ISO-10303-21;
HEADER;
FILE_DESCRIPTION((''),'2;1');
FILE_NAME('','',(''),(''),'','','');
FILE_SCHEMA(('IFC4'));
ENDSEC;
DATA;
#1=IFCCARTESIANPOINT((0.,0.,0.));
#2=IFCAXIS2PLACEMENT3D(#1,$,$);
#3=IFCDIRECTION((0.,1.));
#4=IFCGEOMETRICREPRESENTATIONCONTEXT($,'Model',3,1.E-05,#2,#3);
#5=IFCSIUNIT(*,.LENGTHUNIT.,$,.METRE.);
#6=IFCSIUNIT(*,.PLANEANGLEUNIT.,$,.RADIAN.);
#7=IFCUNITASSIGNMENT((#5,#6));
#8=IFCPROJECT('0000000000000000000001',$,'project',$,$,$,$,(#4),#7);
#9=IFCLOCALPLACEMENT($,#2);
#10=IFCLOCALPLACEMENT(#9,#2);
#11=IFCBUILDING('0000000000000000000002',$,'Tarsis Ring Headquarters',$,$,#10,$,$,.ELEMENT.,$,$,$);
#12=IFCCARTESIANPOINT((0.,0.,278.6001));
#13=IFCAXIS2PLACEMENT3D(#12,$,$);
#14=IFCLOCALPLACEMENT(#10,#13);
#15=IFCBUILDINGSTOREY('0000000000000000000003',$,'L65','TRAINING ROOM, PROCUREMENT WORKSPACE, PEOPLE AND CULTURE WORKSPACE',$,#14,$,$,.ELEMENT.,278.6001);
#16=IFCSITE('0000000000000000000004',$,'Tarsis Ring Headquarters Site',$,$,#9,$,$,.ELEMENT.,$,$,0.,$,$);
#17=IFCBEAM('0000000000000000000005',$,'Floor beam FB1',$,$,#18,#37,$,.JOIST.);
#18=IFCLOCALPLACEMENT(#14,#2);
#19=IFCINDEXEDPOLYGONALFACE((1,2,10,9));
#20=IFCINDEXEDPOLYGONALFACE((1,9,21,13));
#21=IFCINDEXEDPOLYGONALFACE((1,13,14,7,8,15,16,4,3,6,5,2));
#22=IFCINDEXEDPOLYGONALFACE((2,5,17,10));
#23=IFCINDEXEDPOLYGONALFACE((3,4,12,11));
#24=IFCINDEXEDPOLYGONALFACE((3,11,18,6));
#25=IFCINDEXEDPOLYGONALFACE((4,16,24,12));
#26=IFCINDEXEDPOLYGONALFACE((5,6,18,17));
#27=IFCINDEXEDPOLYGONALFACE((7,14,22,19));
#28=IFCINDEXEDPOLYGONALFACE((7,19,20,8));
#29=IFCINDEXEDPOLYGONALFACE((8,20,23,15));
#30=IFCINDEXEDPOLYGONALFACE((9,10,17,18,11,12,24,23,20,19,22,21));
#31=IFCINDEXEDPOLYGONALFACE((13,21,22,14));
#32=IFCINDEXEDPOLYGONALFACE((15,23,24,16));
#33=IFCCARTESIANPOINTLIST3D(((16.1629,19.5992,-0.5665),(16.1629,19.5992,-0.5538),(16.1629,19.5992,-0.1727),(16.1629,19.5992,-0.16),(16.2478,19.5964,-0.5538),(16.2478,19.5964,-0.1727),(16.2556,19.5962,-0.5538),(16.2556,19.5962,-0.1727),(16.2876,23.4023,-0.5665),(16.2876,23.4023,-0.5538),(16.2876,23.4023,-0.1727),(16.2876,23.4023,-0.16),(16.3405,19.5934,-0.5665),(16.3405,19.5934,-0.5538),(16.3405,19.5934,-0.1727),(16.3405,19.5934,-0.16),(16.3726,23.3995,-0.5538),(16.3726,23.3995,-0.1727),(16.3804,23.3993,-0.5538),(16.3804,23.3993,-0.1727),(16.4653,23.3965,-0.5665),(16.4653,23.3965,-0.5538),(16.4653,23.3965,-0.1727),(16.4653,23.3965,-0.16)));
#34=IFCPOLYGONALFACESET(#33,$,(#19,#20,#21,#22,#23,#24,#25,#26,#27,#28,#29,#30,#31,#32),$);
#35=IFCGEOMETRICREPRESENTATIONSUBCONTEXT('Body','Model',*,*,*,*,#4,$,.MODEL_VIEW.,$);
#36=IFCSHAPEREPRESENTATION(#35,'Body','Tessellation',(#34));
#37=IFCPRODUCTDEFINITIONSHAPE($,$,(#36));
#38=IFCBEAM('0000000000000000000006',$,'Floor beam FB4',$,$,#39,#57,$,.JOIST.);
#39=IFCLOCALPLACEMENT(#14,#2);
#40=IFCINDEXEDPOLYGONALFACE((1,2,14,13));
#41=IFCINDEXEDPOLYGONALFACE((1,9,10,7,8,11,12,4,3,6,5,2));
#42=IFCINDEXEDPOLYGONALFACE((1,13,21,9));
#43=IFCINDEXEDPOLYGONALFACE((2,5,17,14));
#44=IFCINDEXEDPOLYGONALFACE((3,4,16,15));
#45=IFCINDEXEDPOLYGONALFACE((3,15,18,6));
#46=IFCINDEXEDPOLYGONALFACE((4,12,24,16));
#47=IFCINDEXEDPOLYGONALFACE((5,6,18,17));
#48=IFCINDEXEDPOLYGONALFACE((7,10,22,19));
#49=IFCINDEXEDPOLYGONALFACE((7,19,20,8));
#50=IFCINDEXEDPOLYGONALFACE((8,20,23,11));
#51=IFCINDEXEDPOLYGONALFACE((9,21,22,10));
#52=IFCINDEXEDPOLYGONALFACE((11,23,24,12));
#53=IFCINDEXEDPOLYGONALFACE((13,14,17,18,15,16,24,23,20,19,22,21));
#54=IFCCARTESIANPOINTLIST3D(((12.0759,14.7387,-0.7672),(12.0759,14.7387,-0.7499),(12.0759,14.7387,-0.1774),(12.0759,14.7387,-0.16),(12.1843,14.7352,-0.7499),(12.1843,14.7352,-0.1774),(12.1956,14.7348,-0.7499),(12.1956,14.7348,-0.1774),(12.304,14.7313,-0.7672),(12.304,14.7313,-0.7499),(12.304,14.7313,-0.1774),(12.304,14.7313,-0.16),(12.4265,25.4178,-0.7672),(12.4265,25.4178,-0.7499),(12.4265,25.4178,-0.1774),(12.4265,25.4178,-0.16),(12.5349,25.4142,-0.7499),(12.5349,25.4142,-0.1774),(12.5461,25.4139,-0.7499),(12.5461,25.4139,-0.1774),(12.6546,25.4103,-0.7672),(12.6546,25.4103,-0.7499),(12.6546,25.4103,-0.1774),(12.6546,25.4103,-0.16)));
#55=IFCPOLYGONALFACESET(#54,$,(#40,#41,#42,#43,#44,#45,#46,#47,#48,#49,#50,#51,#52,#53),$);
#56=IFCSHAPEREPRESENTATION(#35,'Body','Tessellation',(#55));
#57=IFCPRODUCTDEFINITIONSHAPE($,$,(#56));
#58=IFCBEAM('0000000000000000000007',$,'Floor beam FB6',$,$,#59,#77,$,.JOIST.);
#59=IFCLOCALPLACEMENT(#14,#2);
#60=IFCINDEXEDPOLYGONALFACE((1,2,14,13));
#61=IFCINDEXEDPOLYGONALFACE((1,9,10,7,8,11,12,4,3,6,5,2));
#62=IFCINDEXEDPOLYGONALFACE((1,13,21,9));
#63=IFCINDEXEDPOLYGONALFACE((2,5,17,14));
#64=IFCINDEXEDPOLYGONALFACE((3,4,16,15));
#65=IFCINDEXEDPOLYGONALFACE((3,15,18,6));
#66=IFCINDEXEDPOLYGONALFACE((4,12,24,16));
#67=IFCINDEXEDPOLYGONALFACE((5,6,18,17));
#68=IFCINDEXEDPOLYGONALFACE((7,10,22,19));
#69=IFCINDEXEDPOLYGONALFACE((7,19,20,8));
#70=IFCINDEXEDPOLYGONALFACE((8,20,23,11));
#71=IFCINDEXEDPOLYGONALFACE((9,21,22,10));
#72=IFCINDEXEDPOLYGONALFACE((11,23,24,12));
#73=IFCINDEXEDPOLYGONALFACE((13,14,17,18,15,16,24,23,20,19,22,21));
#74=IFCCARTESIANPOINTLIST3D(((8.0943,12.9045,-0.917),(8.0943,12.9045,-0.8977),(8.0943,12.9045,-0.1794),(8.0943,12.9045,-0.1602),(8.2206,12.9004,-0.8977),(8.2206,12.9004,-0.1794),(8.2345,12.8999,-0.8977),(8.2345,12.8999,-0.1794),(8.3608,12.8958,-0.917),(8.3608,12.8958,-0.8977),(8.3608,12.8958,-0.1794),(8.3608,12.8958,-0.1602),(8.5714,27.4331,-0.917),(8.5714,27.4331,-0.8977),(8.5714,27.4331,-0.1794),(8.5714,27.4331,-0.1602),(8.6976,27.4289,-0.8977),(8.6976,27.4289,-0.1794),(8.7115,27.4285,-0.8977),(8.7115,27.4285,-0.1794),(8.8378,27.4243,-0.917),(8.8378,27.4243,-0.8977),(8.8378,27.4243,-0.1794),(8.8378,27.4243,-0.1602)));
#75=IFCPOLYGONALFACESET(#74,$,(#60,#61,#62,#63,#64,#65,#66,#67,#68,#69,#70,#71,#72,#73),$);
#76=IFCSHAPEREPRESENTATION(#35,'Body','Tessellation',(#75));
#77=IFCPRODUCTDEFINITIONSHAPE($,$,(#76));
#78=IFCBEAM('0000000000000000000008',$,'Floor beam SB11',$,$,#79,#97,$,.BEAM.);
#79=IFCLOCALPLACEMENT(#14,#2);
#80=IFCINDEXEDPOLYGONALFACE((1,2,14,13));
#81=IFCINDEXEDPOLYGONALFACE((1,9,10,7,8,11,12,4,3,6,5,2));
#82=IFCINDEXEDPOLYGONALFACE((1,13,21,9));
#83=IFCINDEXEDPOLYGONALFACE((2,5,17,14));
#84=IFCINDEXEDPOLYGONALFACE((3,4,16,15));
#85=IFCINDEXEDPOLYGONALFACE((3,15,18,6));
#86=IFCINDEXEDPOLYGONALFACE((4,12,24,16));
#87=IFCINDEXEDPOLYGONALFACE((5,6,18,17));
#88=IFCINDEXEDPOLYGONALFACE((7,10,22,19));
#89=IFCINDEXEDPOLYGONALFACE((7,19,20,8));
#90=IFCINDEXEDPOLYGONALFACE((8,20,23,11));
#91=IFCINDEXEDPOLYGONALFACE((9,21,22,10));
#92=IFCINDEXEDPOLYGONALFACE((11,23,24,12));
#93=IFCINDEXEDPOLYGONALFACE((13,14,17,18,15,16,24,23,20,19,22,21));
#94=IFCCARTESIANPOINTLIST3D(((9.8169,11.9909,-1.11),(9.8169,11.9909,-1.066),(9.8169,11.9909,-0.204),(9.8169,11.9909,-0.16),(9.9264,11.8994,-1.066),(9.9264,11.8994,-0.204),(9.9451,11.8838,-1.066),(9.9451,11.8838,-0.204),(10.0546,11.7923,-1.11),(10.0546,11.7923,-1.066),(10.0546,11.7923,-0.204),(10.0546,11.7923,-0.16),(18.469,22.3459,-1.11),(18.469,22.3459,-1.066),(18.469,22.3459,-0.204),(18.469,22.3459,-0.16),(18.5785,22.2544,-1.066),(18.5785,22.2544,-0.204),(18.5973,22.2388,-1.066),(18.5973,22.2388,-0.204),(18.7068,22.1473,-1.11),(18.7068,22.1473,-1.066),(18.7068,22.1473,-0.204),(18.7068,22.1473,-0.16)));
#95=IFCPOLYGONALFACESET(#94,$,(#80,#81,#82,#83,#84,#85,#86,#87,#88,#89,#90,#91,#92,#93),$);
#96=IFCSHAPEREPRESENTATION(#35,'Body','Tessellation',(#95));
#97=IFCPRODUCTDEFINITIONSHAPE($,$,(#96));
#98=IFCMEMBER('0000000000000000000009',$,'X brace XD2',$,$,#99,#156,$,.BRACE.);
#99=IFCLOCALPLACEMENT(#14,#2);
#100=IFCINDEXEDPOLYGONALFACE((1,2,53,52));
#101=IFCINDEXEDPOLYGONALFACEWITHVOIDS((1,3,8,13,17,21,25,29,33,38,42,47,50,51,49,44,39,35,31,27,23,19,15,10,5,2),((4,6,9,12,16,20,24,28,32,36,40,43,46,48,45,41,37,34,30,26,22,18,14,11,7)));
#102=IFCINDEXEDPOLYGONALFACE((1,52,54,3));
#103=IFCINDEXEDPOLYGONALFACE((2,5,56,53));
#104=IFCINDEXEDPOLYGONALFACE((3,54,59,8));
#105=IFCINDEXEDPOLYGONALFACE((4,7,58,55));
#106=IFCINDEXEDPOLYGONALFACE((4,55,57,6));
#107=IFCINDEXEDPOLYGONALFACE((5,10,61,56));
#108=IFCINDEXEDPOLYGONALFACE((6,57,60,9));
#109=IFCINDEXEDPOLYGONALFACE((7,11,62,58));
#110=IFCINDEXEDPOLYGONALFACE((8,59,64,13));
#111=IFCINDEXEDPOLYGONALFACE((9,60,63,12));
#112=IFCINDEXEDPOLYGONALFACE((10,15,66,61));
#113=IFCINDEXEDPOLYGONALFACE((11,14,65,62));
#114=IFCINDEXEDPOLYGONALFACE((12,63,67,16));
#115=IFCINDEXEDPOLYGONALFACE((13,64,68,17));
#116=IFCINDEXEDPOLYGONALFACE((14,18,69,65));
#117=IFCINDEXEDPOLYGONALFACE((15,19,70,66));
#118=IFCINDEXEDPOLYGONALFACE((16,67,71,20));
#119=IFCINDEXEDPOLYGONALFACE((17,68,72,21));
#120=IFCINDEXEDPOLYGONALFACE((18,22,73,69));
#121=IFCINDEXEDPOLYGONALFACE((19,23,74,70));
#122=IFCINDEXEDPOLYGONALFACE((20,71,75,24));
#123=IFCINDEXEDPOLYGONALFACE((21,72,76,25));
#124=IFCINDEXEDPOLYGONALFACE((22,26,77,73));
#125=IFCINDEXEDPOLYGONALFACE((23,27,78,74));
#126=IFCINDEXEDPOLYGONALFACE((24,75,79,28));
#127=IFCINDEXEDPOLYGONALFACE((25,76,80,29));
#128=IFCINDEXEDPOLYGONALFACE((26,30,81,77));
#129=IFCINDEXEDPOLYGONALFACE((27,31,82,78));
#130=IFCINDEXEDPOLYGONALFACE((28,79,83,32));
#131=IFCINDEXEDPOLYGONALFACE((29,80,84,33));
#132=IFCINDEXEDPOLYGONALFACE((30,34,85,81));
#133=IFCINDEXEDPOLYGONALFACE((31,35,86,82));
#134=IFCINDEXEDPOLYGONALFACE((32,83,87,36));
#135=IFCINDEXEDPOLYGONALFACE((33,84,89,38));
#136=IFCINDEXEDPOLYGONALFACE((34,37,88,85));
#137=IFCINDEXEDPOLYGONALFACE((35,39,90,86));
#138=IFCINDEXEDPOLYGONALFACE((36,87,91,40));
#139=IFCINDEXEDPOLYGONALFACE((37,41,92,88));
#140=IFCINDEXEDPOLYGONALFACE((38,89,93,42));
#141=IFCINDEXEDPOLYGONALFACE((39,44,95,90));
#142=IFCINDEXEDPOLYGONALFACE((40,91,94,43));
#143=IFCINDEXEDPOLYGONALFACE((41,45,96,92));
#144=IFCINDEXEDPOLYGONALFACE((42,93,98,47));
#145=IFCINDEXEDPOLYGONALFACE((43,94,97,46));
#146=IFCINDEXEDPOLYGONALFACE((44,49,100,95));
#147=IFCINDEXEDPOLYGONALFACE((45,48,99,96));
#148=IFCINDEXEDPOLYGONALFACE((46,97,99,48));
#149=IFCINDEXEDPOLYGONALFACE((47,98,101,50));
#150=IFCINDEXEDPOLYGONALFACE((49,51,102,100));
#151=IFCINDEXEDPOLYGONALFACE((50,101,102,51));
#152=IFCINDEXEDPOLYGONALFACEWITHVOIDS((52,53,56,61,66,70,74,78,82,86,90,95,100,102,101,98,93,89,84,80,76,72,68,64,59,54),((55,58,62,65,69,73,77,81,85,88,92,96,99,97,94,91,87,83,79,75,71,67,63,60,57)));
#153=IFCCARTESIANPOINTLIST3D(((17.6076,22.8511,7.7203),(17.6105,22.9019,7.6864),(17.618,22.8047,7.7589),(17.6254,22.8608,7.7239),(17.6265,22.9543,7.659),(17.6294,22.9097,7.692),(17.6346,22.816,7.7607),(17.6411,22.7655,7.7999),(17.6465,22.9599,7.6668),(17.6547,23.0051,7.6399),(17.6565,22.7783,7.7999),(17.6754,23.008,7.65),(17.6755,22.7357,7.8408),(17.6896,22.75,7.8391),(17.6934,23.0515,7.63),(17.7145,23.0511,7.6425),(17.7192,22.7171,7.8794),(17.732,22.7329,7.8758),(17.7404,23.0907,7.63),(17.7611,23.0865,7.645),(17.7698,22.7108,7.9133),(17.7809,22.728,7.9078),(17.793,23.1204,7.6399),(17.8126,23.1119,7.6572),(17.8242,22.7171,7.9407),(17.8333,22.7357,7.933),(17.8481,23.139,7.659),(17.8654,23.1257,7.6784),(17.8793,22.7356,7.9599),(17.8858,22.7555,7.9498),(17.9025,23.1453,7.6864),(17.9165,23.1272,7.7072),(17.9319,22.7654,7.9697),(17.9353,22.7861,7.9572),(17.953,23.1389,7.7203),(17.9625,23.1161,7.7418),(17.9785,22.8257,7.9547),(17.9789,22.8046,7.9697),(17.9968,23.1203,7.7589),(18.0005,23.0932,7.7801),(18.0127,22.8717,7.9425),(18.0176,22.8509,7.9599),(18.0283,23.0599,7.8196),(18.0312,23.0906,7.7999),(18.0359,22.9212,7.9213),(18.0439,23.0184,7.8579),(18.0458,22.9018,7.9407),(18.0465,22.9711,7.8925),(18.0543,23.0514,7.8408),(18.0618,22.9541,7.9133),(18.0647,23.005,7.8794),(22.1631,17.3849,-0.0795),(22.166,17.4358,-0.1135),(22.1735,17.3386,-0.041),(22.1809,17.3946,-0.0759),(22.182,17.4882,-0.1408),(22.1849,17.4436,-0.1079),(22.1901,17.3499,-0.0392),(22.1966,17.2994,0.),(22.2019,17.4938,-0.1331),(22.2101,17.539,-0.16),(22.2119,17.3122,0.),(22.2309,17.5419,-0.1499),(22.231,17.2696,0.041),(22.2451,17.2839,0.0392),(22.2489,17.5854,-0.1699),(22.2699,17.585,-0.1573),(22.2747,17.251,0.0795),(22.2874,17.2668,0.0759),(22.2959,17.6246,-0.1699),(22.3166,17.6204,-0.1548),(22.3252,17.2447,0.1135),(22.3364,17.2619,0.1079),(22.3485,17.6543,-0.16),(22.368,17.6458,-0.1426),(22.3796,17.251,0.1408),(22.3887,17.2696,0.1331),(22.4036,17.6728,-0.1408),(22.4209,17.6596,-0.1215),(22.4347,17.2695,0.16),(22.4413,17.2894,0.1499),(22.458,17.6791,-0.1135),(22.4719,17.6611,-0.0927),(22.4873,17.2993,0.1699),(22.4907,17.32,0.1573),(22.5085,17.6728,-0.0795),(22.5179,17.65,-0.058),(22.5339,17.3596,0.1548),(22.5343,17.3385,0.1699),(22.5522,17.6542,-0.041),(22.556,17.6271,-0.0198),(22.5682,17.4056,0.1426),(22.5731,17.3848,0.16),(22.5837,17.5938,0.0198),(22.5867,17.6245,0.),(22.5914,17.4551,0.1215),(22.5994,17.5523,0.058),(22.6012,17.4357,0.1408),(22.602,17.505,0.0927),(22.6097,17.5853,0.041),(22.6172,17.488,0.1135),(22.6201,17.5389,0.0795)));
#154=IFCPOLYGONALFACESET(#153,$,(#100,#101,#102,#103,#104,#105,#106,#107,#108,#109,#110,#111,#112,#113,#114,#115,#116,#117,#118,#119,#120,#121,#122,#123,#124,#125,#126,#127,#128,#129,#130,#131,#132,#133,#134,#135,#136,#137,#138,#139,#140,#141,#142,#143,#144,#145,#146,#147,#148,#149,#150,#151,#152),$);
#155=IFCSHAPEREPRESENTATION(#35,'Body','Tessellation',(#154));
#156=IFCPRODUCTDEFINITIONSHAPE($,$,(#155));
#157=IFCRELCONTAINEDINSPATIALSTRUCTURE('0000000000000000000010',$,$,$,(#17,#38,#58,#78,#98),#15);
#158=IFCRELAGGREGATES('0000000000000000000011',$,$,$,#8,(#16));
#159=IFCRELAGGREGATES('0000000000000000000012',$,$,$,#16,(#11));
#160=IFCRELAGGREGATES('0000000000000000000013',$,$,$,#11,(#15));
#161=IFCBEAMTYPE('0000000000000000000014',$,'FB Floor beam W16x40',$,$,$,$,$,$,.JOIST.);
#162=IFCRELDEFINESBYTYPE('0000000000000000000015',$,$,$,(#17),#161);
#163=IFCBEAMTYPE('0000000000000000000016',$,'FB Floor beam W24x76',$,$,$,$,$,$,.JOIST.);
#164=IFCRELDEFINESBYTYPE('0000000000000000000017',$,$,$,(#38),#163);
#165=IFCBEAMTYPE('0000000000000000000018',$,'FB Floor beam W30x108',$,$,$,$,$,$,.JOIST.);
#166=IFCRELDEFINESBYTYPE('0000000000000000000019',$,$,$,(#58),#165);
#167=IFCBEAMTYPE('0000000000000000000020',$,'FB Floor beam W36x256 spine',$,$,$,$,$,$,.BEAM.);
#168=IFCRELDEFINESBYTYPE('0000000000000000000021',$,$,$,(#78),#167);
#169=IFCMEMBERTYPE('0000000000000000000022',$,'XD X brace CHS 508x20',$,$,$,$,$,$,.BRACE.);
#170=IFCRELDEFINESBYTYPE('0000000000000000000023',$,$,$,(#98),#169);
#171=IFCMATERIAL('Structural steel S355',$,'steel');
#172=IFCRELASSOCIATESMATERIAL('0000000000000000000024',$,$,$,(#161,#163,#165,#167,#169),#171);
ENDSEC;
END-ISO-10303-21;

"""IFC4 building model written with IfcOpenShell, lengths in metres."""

from ifc_helpers import new_model, si_unit, direction, frame, origin, origin_2d, place, context, subcontext, project, spatial, hollow_circle, i_section, extrude, material, material_profile, profile_set, type_object, element, save


model = new_model("IFC4")

# Units and contexts
model_context = context("Model", 3, precision=1e-05, world=origin(), true_north=direction((0.0, 1.0)))
body_context = subcontext(model_context, "Body", "Model", "MODEL_VIEW")
ifc_project = project(units=[si_unit("LENGTHUNIT", "METRE"), si_unit("PLANEANGLEUNIT", "RADIAN")], contexts=[model_context])

# Site, building, storey
site_placement = place(None, origin())
site = spatial("IfcSite", under=ifc_project, at=site_placement, Name="Tarsis Ring Headquarters Site", CompositionType="ELEMENT", RefElevation=0.0)
building_placement = place(site_placement, origin())
building = spatial("IfcBuilding", under=site, at=building_placement, Name="Tarsis Ring Headquarters", CompositionType="ELEMENT")
storey_placement = place(building_placement, frame((0.0, 0.0, 278.6001)))
storey = spatial("IfcBuildingStorey", under=building, at=storey_placement, Name="L65", Description="TRAINING ROOM, PROCUREMENT WORKSPACE, PEOPLE AND CULTURE WORKSPACE", CompositionType="ELEMENT", Elevation=278.6001)

# Shared definitions
ifc_material_1 = material(Name="Structural steel S355", Category="steel")

# Beams
ifc_material_profile_1 = material_profile(ifc_material_1, i_section(OverallWidth=0.1777, OverallDepth=0.4065, WebThickness=0.0078, FlangeThickness=0.0127, at=origin_2d()), Name="W16x40")
ifc_profile_set_1 = profile_set([ifc_material_profile_1], Name="Structural steel S355")
beam_type_1 = type_object("IfcBeamType", Name="FB Floor beam W16x40", PredefinedType="JOIST", material=ifc_profile_set_1)
for number, where, z_axis, x_axis, name in (
    (1, (16.3765, 23.3994, -0.3633), (-0.032785, -0.999462, 0.0), (0.999462, -0.032785, 0.0), "Floor beam FB1"),
):
    element("IfcBeam", number, at=place(storey_placement, frame(where, z_axis=z_axis, x_axis=x_axis)), inside=storey, type_object=beam_type_1, Name=name, PredefinedType="JOIST", context=body_context, shape_type="SweptSolid", body=[
        extrude(i_section(OverallWidth=0.1777, OverallDepth=0.4065, WebThickness=0.0078, FlangeThickness=0.0127, at=origin_2d()), origin(), (0.0, 0.0, 1.0), 3.8052),
    ])
ifc_material_profile_2 = material_profile(ifc_material_1, i_section(OverallWidth=0.2283, OverallDepth=0.6072, WebThickness=0.0112, FlangeThickness=0.0173, at=origin_2d()), Name="W24x76")
ifc_profile_set_2 = profile_set([ifc_material_profile_2], Name="Structural steel S355")
beam_type_2 = type_object("IfcBeamType", Name="FB Floor beam W24x76", PredefinedType="JOIST", material=ifc_profile_set_2)
beam_1_placement = place(storey_placement, frame((12.5405, 25.4141, -0.4636), z_axis=(-0.032812, -0.999462, 0.0), x_axis=(0.999462, -0.032812, 0.0)))
element("IfcBeam", 2, at=beam_1_placement, inside=storey, type_object=beam_type_2, Name="Floor beam FB4", PredefinedType="JOIST", context=body_context, shape_type="SweptSolid", body=[
    extrude(i_section(OverallWidth=0.2283, OverallDepth=0.6072, WebThickness=0.0112, FlangeThickness=0.0173, at=origin_2d()), origin(), (0.0, 0.0, 1.0), 10.6848),
])
ifc_material_profile_3 = material_profile(ifc_material_1, i_section(OverallWidth=0.2666, OverallDepth=0.7568, WebThickness=0.0139, FlangeThickness=0.0193, at=origin_2d()), Name="W30x108")
ifc_profile_set_3 = profile_set([ifc_material_profile_3], Name="Structural steel S355")
beam_type_3 = type_object("IfcBeamType", Name="FB Floor beam W30x108", PredefinedType="JOIST", material=ifc_profile_set_3)
beam_2_placement = place(storey_placement, frame((8.7046, 27.4287, -0.5386), z_axis=(-0.032818, -0.999461, 0.0), x_axis=(0.999461, -0.032818, 0.0)))
element("IfcBeam", 3, at=beam_2_placement, inside=storey, type_object=beam_type_3, Name="Floor beam FB6", PredefinedType="JOIST", context=body_context, shape_type="SweptSolid", body=[
    extrude(i_section(OverallWidth=0.2666, OverallDepth=0.7568, WebThickness=0.0139, FlangeThickness=0.0193, at=origin_2d()), origin(), (0.0, 0.0, 1.0), 14.5364),
])
ifc_material_profile_4 = material_profile(ifc_material_1, i_section(OverallWidth=0.3098, OverallDepth=0.95, WebThickness=0.0244, FlangeThickness=0.0439, at=origin_2d()), Name="W36x256")
ifc_profile_set_4 = profile_set([ifc_material_profile_4], Name="Structural steel S355")
beam_type_4 = type_object("IfcBeamType", Name="FB Floor beam W36x256 spine", PredefinedType="BEAM", material=ifc_profile_set_4)
beam_3_placement = place(storey_placement, frame((18.5879, 22.2466, -0.635), z_axis=(-0.641188, -0.767384, 0.0), x_axis=(0.767384, -0.641188, 0.0)))
element("IfcBeam", 4, at=beam_3_placement, inside=storey, type_object=beam_type_4, Name="Floor beam SB11", PredefinedType="BEAM", context=body_context, shape_type="SweptSolid", body=[
    extrude(i_section(OverallWidth=0.3098, OverallDepth=0.95, WebThickness=0.0244, FlangeThickness=0.0439, at=origin_2d()), origin(), (0.0, 0.0, 1.0), 13.4939),
])

# Member
ifc_material_profile_5 = material_profile(ifc_material_1, hollow_circle(Radius=0.2539, WallThickness=0.02, at=origin_2d()), Name="CHS 508x20")
ifc_profile_set_5 = profile_set([ifc_material_profile_5], Name="Structural steel S355")
member_type = type_object("IfcMemberType", Name="XD X brace CHS 508x20", PredefinedType="BRACE", material=ifc_profile_set_5)
member_1_placement = place(storey_placement, frame((22.3916, 17.4619, 0.0), z_axis=(-0.431475, 0.517729, 0.738773), x_axis=(-0.768196, -0.640215, 0.0)))
element("IfcMember", 5, at=member_1_placement, inside=storey, type_object=member_type, Name="X brace XD2", PredefinedType="BRACE", context=body_context, shape_type="SweptSolid", body=[
    extrude(hollow_circle(Radius=0.2539, WallThickness=0.02, at=origin_2d()), origin(), (0.0, 0.0, 1.0), 10.5579),
])

save(model, "model.ifc")
